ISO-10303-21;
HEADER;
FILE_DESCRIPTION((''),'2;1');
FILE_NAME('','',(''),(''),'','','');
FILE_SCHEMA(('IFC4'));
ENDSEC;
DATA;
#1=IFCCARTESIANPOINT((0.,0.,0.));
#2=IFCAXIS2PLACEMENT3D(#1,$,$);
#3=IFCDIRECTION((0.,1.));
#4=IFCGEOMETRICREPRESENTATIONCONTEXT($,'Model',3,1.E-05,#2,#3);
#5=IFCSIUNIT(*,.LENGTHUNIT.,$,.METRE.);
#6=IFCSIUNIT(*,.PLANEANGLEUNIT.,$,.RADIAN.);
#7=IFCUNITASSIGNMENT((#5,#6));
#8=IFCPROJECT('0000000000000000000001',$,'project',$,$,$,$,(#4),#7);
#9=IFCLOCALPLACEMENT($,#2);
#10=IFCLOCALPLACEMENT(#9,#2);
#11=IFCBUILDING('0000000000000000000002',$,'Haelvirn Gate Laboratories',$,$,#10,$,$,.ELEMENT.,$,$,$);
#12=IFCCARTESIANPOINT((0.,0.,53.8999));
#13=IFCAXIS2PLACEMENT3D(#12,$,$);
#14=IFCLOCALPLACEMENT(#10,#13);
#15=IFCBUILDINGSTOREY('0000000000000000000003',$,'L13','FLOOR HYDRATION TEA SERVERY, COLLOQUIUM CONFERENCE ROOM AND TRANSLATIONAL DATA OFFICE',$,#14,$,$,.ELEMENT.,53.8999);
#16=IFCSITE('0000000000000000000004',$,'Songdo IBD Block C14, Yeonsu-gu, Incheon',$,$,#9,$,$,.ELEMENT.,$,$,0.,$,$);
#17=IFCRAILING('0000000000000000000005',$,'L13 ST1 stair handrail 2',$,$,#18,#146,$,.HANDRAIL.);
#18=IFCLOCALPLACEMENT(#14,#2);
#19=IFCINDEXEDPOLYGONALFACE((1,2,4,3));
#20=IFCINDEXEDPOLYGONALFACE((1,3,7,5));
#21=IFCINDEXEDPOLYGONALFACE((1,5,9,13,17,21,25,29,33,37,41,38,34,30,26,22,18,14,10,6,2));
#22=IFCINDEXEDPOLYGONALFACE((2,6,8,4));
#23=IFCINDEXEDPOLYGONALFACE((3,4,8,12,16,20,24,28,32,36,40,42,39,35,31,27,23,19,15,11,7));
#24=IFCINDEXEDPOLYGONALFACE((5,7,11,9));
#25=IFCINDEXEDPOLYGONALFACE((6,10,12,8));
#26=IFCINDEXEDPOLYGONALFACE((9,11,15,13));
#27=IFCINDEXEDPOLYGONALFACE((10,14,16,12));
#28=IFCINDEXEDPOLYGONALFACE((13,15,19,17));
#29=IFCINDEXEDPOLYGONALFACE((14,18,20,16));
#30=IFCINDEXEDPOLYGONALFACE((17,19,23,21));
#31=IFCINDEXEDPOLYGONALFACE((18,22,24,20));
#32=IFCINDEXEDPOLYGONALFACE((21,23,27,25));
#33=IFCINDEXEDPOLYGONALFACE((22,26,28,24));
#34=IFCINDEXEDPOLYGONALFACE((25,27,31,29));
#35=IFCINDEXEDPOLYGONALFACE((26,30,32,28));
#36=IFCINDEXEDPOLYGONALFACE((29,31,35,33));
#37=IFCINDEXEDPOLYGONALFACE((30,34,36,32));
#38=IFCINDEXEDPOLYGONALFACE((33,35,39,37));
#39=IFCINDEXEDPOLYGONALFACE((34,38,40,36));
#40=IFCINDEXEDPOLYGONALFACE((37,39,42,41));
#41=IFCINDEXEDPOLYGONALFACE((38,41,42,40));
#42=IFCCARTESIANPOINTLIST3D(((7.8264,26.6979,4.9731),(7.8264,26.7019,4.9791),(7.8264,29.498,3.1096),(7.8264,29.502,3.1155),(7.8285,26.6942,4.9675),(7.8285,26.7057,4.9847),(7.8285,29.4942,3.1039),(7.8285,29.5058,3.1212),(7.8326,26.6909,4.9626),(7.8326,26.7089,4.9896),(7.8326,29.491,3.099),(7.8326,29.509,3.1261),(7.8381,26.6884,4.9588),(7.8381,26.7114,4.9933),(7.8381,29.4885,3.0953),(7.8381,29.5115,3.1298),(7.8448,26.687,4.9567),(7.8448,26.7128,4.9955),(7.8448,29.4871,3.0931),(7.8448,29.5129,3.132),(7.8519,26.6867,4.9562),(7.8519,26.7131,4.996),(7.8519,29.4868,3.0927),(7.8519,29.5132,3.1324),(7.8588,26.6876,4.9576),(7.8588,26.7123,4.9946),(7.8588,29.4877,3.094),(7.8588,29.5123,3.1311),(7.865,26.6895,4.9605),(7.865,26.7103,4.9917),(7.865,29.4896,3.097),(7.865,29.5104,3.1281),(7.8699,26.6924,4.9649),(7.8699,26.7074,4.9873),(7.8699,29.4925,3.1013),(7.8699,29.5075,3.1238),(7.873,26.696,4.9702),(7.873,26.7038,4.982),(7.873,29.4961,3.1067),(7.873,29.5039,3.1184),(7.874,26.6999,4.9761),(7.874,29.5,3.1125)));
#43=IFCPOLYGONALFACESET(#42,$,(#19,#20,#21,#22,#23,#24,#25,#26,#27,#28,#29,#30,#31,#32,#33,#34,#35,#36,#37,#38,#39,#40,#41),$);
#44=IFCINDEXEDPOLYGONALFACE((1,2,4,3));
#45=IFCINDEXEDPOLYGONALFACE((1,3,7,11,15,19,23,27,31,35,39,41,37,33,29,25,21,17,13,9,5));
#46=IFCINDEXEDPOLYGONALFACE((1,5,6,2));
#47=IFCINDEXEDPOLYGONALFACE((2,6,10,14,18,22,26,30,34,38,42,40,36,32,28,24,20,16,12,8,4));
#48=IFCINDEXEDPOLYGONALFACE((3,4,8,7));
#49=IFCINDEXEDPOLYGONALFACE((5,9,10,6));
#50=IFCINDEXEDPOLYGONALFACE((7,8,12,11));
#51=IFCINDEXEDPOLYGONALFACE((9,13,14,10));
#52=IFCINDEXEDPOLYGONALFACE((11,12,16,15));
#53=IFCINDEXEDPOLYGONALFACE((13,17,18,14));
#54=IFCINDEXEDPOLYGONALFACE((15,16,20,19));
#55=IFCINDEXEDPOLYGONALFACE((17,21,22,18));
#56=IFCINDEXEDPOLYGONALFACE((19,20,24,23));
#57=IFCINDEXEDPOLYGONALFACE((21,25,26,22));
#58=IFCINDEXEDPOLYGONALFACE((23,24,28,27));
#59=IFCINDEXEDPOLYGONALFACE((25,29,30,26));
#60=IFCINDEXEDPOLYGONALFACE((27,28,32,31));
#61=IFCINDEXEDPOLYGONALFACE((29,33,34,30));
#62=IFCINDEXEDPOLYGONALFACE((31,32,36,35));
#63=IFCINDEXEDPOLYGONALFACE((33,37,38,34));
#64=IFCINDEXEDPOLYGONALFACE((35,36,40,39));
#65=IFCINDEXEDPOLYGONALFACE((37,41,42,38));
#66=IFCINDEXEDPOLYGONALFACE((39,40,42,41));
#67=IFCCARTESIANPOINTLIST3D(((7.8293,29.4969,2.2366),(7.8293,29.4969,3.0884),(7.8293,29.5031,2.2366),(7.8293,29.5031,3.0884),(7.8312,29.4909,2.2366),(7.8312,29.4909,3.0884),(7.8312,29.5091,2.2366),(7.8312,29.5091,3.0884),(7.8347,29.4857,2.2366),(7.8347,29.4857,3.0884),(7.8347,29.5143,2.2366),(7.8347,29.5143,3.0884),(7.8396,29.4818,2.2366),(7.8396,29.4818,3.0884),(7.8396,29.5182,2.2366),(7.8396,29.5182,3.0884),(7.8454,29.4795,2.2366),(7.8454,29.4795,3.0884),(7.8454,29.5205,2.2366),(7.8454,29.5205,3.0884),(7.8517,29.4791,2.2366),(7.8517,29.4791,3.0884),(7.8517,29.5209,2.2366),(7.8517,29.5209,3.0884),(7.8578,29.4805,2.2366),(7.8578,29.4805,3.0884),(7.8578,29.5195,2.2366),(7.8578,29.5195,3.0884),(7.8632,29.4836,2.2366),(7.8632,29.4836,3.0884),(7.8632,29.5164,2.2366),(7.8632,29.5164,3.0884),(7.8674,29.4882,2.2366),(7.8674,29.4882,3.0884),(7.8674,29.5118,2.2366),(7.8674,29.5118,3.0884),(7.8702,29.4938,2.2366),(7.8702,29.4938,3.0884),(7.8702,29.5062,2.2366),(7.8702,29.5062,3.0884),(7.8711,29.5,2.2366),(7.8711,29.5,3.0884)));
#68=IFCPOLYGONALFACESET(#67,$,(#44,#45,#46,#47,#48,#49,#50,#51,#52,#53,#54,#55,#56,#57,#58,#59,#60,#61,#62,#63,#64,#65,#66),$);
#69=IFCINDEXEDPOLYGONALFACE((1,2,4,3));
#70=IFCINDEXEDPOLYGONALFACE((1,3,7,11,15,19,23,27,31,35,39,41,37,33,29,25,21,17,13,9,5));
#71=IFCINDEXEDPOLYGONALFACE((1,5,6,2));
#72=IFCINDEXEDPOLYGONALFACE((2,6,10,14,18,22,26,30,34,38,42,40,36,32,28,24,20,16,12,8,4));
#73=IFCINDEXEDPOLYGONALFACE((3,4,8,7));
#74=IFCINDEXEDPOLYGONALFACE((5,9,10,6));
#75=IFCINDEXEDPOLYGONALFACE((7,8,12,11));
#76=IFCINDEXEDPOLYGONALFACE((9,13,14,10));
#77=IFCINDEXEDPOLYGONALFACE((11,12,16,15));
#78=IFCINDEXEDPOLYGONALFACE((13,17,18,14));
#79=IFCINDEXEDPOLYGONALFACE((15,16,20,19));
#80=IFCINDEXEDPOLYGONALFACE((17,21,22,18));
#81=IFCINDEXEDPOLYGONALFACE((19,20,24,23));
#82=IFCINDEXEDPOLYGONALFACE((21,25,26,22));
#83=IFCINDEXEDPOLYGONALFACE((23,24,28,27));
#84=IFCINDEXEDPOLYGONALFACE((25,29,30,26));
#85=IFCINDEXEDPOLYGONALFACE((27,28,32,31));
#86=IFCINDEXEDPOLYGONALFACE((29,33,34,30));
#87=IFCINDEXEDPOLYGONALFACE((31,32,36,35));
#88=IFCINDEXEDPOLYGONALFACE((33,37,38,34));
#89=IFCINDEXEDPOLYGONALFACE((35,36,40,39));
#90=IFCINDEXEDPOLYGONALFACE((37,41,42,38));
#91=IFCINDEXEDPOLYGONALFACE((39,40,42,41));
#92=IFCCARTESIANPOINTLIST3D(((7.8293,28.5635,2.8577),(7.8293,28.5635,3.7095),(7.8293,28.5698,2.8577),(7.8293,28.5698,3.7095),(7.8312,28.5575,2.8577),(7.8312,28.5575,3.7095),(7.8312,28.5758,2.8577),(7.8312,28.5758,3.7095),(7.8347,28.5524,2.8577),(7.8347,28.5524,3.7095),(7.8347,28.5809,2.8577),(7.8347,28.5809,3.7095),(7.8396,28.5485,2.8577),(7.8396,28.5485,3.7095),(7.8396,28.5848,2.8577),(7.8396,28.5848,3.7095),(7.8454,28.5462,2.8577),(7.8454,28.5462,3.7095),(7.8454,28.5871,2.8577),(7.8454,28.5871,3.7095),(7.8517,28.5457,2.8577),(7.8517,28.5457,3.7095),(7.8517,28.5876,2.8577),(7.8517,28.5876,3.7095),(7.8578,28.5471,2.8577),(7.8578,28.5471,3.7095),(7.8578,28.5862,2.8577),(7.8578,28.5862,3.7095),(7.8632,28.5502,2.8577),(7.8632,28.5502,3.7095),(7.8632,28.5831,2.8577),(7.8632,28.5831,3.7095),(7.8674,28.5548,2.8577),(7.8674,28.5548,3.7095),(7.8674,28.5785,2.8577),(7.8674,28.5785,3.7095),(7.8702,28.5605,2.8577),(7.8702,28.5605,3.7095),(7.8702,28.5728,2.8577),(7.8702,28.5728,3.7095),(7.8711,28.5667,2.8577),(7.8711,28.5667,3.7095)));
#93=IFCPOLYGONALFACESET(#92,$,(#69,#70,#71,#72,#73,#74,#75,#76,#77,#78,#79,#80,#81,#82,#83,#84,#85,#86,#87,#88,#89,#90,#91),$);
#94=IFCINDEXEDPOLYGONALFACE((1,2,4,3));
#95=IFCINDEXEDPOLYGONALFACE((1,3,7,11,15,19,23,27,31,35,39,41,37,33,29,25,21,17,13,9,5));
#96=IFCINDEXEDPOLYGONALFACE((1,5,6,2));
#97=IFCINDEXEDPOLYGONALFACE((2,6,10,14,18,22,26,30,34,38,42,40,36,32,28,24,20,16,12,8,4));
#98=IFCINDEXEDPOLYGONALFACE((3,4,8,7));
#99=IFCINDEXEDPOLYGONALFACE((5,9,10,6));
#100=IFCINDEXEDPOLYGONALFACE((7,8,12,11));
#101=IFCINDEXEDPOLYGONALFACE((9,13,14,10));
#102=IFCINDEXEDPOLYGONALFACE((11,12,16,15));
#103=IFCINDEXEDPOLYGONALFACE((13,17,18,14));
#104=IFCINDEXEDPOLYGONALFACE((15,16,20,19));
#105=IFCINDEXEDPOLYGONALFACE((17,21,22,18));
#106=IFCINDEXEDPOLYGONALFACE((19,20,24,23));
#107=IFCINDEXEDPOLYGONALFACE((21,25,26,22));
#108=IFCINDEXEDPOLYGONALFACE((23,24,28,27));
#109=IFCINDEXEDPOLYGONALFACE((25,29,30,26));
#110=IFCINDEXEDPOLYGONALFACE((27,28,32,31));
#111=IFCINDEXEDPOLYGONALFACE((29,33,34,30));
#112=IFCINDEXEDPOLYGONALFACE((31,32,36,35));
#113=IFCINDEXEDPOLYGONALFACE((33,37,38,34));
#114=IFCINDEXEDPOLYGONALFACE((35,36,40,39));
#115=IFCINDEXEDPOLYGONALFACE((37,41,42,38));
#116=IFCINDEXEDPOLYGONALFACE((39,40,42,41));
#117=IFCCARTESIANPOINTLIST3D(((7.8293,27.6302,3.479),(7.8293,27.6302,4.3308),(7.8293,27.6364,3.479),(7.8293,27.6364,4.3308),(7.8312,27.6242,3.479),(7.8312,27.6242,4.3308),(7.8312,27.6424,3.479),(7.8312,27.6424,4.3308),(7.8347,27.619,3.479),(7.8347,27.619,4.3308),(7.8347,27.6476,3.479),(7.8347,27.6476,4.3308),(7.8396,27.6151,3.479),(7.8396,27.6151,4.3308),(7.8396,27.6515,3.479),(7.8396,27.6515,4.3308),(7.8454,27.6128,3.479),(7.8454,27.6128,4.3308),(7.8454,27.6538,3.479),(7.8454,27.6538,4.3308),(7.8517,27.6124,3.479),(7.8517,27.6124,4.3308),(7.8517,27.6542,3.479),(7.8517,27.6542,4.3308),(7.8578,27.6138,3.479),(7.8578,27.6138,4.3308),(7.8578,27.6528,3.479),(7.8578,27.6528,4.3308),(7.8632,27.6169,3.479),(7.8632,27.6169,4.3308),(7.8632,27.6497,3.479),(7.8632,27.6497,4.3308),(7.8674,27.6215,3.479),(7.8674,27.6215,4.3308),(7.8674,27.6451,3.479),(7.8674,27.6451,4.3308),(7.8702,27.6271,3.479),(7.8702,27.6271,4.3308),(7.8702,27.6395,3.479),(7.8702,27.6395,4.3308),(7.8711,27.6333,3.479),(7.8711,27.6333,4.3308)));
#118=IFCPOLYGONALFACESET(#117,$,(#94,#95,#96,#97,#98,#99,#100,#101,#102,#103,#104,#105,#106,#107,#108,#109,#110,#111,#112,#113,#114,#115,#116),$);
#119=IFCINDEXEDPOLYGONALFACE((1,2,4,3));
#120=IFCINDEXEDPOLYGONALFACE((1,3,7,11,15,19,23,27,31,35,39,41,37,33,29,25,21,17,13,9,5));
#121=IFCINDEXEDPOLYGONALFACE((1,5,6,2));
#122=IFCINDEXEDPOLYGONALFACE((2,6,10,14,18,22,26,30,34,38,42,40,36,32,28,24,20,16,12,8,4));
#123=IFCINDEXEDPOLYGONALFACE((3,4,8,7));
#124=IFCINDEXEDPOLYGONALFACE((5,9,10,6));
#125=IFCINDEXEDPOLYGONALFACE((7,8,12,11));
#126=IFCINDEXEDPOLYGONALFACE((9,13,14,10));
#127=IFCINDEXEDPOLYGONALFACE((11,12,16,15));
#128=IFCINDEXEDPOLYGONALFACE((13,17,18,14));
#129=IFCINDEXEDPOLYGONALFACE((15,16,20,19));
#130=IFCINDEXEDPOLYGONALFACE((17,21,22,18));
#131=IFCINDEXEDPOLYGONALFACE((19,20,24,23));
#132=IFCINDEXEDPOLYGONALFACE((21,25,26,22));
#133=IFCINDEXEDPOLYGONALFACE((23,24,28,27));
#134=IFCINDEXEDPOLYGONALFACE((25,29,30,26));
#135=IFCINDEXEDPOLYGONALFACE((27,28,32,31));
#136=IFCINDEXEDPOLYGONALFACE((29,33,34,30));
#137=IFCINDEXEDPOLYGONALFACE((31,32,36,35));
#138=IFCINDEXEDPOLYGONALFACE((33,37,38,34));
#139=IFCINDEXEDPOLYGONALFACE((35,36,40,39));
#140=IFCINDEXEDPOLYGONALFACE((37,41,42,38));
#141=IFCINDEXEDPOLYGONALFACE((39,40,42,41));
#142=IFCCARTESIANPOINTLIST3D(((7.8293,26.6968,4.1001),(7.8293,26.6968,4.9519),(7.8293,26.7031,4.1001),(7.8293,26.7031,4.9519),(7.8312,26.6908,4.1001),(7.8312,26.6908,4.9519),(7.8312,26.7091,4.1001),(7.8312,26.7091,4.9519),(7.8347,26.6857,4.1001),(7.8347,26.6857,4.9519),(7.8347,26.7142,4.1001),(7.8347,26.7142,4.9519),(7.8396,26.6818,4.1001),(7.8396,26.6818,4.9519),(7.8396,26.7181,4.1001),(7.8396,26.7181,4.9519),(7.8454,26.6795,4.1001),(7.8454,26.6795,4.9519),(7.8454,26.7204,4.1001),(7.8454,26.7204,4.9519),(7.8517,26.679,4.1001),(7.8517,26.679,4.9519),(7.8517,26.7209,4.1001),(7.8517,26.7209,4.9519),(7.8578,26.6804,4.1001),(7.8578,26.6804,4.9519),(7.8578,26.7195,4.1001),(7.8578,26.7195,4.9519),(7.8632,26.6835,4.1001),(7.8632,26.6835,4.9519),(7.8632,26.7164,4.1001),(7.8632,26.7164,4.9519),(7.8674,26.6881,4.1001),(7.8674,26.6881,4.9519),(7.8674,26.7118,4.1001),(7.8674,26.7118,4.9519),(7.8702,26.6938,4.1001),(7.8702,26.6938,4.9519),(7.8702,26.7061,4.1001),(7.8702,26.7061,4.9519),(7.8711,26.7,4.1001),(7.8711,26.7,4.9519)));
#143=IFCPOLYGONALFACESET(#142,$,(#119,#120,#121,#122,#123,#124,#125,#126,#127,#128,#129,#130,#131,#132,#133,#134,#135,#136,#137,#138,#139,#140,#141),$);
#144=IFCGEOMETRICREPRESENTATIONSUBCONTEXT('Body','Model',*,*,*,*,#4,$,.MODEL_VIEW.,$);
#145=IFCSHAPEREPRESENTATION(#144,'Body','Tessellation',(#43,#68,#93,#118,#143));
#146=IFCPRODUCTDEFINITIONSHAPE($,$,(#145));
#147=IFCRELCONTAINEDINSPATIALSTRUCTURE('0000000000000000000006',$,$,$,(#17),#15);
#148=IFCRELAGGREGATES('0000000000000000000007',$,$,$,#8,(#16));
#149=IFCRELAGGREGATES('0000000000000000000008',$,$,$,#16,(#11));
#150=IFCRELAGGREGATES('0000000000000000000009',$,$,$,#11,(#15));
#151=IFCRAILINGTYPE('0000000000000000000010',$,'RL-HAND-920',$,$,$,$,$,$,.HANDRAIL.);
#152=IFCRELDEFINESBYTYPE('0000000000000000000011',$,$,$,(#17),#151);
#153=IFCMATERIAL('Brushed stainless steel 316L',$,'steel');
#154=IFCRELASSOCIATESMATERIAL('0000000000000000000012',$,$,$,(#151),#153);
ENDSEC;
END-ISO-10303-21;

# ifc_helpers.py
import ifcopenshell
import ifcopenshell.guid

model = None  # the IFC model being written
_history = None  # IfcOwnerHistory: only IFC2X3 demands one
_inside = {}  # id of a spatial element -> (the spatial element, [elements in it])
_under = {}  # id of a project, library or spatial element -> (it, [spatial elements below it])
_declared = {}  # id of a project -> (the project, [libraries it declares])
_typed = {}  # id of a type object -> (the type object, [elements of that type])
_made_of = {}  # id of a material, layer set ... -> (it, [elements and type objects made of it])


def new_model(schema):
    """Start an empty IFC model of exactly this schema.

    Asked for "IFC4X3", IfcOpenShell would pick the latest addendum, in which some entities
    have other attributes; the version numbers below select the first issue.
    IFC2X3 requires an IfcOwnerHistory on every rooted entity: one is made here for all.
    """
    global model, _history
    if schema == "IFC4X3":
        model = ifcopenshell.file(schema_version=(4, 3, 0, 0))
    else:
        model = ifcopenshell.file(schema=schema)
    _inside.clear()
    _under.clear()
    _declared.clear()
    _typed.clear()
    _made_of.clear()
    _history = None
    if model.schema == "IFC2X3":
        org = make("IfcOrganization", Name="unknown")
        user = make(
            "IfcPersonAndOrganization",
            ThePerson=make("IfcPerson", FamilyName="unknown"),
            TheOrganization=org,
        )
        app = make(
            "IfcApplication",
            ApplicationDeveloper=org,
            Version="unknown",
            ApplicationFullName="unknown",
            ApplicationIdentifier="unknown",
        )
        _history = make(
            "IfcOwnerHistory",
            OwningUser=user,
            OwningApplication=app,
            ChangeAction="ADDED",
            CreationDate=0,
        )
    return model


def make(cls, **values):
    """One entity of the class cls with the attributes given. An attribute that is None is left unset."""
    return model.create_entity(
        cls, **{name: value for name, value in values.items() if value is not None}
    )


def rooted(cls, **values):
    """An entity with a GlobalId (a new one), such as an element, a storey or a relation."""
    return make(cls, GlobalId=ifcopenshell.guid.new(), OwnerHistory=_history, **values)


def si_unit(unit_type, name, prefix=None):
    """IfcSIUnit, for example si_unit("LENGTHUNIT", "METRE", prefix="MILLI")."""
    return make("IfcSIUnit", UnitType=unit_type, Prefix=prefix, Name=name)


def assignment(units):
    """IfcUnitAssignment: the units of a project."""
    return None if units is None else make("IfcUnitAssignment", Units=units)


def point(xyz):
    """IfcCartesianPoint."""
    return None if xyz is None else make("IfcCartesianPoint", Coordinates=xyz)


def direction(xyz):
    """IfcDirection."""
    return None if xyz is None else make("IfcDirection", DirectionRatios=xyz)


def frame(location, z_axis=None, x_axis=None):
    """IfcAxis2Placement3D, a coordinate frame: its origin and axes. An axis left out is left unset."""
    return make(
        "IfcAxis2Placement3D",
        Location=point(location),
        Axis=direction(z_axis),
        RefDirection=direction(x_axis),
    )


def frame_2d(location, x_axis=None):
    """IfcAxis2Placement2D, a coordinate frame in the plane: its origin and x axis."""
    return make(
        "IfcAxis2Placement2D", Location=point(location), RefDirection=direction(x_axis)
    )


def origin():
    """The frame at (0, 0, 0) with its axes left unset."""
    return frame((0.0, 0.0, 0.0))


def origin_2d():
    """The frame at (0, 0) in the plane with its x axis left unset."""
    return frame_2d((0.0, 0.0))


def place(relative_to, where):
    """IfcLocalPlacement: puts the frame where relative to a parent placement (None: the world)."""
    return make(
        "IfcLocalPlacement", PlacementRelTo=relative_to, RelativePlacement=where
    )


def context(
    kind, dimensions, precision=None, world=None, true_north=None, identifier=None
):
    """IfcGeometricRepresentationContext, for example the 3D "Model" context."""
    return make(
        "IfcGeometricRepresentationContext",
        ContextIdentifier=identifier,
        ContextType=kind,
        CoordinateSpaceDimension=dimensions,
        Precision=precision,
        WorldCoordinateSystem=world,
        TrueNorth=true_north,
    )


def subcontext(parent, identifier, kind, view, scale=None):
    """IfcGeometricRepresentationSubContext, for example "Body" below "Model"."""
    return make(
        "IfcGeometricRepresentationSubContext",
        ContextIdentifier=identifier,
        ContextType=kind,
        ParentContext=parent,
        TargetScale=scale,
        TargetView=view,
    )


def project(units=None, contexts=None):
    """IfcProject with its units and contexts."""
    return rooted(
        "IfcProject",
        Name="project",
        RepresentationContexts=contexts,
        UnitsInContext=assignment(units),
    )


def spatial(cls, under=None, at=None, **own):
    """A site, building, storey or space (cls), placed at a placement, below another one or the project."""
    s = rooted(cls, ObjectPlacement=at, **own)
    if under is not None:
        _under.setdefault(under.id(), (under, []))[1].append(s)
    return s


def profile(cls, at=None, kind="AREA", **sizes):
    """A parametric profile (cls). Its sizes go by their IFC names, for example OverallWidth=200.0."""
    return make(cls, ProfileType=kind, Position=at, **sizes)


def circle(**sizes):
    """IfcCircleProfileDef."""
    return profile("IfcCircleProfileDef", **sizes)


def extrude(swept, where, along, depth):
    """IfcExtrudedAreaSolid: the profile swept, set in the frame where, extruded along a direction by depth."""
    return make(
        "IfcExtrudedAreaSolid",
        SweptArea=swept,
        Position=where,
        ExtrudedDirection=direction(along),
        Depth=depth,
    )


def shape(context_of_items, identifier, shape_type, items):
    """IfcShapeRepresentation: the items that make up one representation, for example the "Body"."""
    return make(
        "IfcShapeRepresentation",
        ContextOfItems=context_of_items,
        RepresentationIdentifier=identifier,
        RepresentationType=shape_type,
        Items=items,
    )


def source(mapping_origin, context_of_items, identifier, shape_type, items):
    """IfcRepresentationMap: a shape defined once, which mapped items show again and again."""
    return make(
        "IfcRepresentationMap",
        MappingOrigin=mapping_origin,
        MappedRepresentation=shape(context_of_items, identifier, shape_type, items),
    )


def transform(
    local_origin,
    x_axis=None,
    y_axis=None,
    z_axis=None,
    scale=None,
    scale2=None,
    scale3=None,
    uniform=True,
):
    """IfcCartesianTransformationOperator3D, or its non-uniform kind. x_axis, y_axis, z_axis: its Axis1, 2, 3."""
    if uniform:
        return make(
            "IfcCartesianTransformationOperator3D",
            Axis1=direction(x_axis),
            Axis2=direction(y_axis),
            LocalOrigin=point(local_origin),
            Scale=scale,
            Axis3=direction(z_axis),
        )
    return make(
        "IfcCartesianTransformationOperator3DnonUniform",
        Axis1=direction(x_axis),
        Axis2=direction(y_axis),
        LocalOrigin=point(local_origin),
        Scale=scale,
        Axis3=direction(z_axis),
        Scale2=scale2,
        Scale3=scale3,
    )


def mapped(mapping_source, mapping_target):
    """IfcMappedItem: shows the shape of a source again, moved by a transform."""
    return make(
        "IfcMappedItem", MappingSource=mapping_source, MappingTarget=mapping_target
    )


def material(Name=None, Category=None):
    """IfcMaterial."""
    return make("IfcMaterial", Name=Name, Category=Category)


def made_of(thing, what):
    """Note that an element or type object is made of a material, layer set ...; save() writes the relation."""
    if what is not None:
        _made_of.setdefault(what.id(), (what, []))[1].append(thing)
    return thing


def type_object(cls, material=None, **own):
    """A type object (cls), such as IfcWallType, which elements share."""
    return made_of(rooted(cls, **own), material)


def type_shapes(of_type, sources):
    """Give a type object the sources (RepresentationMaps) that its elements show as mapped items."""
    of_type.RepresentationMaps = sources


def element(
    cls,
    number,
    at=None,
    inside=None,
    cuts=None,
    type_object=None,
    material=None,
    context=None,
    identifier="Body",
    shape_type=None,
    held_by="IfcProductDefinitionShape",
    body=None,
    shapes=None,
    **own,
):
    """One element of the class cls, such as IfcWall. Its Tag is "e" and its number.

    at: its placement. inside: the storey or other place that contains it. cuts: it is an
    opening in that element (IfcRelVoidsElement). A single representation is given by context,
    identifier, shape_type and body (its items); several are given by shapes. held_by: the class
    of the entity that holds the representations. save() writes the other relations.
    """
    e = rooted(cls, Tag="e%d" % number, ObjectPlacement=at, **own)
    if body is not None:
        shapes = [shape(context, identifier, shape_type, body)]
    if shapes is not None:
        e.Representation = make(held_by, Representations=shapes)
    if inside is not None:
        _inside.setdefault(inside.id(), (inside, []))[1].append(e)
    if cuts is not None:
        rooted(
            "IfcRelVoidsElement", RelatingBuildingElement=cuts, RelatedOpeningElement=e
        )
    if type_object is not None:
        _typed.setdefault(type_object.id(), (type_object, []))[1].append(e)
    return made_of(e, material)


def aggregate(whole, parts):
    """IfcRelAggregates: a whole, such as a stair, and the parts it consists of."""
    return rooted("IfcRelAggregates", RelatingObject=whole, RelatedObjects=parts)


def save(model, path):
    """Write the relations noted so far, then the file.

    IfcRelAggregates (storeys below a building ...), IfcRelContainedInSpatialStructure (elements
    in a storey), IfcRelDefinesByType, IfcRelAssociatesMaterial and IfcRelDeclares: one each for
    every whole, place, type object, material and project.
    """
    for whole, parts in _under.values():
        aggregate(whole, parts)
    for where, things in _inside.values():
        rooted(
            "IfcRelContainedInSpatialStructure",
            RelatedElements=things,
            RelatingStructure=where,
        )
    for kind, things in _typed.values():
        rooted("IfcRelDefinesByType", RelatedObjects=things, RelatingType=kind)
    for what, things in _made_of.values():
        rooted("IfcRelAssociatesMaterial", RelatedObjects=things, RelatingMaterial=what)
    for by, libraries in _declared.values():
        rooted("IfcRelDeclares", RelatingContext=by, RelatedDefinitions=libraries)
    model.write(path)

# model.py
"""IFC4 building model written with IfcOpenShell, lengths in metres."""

from ifc_helpers import new_model, si_unit, direction, frame, origin, origin_2d, place, context, subcontext, project, spatial, circle, extrude, source, transform, mapped, material, type_object, type_shapes, element, save


model = new_model("IFC4")

# Units and contexts
model_context = context("Model", 3, precision=1e-05, world=origin(), true_north=direction((0.0, 1.0)))
body_context = subcontext(model_context, "Body", "Model", "MODEL_VIEW")
ifc_project = project(units=[si_unit("LENGTHUNIT", "METRE"), si_unit("PLANEANGLEUNIT", "RADIAN")], contexts=[model_context])

# Site, building, storey
site_placement = place(None, origin())
site = spatial("IfcSite", under=ifc_project, at=site_placement, Name="Songdo IBD Block C14, Yeonsu-gu, Incheon", CompositionType="ELEMENT", RefElevation=0.0)
building_placement = place(site_placement, origin())
building = spatial("IfcBuilding", under=site, at=building_placement, Name="Haelvirn Gate Laboratories", CompositionType="ELEMENT")
storey_placement = place(building_placement, frame((0.0, 0.0, 53.8999)))
storey = spatial("IfcBuildingStorey", under=building, at=storey_placement, Name="L13", Description="FLOOR HYDRATION TEA SERVERY, COLLOQUIUM CONFERENCE ROOM AND TRANSLATIONAL DATA OFFICE", CompositionType="ELEMENT", Elevation=53.8999)

# Railing
ifc_material_1 = material(Name="Brushed stainless steel 316L", Category="steel")
railing_type_1 = type_object("IfcRailingType", Name="RL-HAND-920", PredefinedType="HANDRAIL", material=ifc_material_1)
shared_shape_1 = source(origin(), body_context, "Body", "SweptSolid", [
    extrude(circle(Radius=0.0239, at=origin_2d()), frame((0.0, 0.0, 0.876), z_axis=(0.0, -0.832486, 0.554047), x_axis=(1.0, 0.0, 0.0)), (0.0, 0.0, 1.0), 3.3635),
    extrude(circle(Radius=0.021, at=origin_2d()), origin(), (0.0, 0.0, 1.0), 0.8518),
    extrude(circle(Radius=0.021, at=origin_2d()), frame((0.0, -0.9333, 0.6211)), (0.0, 0.0, 1.0), 0.8518),
    extrude(circle(Radius=0.021, at=origin_2d()), frame((0.0, -1.8667, 1.2424)), (0.0, 0.0, 1.0), 0.8518),
    extrude(circle(Radius=0.021, at=origin_2d()), frame((0.0, -2.8, 1.8635)), (0.0, 0.0, 1.0), 0.8518),
])
type_shapes(railing_type_1, [shared_shape_1])
railing_1_placement = place(storey_placement, frame((7.8501, 29.5, 2.2366)))
element("IfcRailing", 1, at=railing_1_placement, inside=storey, type_object=railing_type_1, Name="L13 ST1 stair handrail 2", PredefinedType="HANDRAIL", context=body_context, shape_type="MappedRepresentation", body=[
    mapped(shared_shape_1, transform((0.0, 0.0, 0.0), scale=1.0)),
])

save(model, "model.ifc")
